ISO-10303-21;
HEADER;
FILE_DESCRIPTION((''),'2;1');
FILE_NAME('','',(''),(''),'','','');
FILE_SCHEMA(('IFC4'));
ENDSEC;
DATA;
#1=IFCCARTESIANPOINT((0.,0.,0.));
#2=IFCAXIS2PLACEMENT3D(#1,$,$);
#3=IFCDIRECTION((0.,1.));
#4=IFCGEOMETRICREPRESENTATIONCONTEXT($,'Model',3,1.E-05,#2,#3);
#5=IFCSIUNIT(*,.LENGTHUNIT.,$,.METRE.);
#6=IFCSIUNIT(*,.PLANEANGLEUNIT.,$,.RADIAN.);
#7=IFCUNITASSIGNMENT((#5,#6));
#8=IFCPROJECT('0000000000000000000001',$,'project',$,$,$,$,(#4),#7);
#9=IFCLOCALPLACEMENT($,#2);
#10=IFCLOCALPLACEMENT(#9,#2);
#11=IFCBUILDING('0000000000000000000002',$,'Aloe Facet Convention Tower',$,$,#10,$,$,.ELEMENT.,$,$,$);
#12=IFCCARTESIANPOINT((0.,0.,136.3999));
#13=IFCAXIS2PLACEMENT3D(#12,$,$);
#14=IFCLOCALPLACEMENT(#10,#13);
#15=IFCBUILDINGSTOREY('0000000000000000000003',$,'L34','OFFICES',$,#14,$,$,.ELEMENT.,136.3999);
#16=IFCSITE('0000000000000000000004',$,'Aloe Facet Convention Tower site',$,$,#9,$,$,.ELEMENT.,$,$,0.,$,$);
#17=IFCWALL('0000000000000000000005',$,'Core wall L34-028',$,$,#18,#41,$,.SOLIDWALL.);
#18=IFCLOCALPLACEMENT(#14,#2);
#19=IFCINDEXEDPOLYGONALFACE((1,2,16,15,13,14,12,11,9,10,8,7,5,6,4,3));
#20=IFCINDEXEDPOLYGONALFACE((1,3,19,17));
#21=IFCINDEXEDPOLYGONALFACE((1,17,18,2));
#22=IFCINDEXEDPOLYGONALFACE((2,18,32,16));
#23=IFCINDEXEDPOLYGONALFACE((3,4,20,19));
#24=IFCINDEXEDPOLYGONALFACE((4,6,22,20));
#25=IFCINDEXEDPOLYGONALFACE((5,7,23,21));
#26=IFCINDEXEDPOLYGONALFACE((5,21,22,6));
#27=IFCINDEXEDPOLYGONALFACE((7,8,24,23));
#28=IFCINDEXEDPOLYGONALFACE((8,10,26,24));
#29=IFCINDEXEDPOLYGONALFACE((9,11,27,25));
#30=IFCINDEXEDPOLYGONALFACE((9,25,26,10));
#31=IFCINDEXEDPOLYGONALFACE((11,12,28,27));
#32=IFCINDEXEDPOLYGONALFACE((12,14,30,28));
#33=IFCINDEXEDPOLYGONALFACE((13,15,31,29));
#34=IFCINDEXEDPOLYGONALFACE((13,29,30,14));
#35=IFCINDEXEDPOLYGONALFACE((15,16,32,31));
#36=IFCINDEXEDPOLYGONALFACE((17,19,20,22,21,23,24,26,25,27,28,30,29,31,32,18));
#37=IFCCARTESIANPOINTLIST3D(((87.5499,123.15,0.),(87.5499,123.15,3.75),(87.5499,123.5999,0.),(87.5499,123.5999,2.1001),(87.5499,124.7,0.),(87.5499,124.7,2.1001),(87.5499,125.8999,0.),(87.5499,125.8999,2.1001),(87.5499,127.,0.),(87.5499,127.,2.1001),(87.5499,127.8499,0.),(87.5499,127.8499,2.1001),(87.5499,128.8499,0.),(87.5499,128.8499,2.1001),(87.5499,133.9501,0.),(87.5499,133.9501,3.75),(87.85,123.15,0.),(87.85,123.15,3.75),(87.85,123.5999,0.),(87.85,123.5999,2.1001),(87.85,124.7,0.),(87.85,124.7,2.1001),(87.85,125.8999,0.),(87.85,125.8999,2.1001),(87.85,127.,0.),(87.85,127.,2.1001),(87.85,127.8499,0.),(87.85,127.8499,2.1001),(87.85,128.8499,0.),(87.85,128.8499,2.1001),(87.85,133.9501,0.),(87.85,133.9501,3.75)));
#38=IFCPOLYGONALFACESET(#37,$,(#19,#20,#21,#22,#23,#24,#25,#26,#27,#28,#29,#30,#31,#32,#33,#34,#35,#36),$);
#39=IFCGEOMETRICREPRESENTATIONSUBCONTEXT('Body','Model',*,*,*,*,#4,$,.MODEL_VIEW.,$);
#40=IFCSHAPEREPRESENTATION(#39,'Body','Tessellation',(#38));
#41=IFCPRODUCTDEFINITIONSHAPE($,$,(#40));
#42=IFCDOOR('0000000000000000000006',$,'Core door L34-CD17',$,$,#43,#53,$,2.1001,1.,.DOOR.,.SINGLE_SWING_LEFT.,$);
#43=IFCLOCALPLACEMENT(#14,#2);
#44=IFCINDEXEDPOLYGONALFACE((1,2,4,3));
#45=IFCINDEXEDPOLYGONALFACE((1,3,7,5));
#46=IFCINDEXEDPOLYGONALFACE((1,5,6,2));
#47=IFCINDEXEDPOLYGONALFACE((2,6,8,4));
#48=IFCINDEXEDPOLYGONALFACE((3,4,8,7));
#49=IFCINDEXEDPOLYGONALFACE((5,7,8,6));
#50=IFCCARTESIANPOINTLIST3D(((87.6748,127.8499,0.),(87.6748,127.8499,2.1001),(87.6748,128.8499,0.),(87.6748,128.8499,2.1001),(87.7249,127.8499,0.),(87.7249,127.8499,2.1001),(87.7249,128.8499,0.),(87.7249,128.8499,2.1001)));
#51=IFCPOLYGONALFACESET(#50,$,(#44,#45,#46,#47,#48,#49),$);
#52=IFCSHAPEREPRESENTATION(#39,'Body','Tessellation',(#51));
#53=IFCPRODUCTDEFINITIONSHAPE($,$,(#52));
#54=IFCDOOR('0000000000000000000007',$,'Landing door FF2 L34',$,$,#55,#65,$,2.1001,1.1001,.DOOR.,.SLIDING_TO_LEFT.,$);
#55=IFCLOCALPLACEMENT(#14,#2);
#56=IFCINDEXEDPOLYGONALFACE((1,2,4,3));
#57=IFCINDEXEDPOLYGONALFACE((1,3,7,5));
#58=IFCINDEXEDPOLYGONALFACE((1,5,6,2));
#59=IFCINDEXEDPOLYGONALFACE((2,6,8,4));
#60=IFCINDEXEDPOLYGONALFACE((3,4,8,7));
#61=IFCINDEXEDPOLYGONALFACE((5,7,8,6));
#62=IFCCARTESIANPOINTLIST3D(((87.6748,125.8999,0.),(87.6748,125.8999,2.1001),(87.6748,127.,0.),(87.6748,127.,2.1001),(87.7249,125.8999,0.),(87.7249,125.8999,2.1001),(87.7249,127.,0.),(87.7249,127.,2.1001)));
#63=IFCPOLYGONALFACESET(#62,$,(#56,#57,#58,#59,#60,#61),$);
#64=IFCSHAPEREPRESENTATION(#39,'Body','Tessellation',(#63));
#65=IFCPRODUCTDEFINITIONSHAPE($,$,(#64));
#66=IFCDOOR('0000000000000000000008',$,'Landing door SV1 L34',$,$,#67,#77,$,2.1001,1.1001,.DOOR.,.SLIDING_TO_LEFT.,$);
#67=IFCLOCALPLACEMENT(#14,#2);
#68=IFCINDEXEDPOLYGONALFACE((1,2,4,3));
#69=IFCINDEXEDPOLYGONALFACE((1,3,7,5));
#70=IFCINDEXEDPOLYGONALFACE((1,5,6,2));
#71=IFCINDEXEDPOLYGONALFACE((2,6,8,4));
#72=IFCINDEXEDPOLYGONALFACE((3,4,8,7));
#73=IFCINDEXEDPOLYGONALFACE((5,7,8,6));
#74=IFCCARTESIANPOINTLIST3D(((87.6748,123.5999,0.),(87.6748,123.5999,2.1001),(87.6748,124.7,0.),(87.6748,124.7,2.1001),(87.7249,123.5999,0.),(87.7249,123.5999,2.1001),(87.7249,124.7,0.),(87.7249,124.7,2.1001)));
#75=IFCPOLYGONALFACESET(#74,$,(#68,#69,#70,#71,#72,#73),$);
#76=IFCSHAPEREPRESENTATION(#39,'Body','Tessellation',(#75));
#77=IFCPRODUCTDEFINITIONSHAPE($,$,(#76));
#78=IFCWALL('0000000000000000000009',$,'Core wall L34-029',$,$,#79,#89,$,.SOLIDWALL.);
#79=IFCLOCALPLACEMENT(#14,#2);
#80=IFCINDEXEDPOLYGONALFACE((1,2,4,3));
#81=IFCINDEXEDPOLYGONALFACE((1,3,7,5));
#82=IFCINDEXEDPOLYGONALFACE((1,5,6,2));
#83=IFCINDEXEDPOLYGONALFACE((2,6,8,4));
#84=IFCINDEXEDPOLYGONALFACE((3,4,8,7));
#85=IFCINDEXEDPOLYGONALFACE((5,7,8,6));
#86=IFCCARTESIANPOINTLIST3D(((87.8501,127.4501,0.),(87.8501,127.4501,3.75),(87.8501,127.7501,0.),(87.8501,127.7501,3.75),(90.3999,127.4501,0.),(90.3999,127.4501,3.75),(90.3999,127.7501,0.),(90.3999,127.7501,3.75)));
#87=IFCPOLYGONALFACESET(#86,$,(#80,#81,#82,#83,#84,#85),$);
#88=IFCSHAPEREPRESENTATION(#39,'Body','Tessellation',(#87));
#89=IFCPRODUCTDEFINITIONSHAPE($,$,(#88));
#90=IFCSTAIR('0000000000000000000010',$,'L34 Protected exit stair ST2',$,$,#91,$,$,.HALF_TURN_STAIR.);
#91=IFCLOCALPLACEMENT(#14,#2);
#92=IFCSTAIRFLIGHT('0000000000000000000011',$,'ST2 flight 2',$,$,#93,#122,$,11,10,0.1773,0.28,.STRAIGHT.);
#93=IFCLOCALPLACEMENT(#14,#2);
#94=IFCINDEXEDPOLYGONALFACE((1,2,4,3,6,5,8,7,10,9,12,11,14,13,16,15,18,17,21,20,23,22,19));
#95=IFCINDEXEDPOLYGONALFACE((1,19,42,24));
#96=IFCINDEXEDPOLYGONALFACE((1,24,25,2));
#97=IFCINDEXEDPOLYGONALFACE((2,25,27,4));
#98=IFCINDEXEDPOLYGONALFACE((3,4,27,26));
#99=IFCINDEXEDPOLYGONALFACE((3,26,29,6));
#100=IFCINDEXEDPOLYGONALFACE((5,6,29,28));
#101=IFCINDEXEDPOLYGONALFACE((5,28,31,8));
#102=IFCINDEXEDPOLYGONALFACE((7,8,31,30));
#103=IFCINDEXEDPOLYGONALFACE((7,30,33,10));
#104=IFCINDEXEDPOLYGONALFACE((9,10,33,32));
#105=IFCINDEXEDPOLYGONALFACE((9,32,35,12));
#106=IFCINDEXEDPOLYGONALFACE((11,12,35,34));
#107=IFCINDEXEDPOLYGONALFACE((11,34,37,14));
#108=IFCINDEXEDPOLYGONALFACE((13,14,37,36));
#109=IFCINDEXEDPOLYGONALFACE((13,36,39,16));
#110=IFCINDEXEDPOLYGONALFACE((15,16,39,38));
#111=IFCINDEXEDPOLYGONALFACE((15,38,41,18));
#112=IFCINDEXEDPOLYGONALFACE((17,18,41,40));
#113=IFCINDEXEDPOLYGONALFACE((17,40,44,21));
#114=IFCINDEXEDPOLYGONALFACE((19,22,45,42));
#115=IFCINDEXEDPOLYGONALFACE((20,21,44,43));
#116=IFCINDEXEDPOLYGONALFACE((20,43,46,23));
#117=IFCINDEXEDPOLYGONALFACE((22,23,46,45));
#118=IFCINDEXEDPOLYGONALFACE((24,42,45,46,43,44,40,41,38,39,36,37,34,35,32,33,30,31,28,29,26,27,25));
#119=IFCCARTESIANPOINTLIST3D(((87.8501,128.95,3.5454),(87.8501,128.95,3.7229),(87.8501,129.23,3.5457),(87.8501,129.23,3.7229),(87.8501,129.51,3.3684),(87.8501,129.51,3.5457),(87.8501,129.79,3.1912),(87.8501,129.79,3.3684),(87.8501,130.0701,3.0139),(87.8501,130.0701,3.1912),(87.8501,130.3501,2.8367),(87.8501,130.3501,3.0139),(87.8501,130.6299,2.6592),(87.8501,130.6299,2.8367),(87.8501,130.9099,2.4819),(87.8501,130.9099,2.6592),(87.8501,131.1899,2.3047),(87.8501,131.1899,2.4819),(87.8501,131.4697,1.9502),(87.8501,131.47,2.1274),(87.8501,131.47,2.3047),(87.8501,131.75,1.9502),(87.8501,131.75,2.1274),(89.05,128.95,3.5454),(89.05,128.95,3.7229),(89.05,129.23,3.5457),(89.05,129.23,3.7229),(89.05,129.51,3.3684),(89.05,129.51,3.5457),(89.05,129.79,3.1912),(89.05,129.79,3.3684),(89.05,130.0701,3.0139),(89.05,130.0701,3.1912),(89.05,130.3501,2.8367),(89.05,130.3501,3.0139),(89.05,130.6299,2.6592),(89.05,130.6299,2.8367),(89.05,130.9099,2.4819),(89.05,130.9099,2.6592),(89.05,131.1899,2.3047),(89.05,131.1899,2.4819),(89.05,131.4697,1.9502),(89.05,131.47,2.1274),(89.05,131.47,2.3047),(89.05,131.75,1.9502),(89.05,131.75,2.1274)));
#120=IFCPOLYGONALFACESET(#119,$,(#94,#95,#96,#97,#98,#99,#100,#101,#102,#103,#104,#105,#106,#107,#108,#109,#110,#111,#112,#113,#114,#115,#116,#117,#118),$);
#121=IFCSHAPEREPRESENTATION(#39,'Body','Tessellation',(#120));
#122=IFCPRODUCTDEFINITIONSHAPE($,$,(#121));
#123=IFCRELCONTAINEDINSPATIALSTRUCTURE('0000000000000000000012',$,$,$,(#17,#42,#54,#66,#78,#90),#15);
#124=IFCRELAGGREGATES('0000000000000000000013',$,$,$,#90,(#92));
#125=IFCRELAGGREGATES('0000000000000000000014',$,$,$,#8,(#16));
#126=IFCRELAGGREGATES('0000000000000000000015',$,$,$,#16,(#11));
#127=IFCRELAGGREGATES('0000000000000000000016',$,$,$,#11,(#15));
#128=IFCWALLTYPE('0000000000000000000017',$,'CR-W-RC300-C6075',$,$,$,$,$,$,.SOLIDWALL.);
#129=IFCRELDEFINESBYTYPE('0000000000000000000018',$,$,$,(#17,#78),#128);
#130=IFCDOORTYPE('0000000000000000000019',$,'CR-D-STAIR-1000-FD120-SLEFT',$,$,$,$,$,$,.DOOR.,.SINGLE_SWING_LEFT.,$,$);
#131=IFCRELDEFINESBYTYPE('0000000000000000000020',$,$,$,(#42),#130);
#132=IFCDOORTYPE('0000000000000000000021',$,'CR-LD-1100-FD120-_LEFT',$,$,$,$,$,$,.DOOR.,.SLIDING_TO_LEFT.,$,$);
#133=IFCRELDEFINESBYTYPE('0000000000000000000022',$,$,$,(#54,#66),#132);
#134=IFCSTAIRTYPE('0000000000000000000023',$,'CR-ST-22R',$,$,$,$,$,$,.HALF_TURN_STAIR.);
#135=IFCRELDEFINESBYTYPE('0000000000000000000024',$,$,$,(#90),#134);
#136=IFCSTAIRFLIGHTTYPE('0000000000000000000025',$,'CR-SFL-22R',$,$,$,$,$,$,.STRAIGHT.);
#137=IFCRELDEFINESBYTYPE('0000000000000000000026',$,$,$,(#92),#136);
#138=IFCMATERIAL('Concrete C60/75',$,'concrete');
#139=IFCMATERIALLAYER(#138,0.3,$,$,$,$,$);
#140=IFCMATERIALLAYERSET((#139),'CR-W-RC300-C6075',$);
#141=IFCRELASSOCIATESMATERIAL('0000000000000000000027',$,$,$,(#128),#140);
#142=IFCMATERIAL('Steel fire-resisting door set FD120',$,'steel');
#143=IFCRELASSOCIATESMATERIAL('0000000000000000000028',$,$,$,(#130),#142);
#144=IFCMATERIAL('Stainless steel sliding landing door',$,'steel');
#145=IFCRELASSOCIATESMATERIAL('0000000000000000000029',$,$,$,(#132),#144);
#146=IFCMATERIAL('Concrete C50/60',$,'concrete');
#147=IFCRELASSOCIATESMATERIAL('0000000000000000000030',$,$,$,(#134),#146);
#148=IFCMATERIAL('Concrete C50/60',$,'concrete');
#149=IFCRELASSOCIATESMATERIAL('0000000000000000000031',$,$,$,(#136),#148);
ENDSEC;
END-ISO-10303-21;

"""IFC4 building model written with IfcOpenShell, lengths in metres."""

from ifc_helpers import new_model, si_unit, direction, frame, frame_2d, origin, place, context, subcontext, project, spatial, polyline, rectangle, outline, extrude, material, layer, layer_set, type_object, element, fill, aggregate, save


model = new_model("IFC4")

# Units and contexts
model_context = context("Model", 3, precision=1e-05, world=origin(), true_north=direction((0.0, 1.0)))
body_context = subcontext(model_context, "Body", "Model", "MODEL_VIEW")
ifc_project = project(units=[si_unit("LENGTHUNIT", "METRE"), si_unit("PLANEANGLEUNIT", "RADIAN")], contexts=[model_context])

# Site, building, storey
site_placement = place(None, origin())
site = spatial("IfcSite", under=ifc_project, at=site_placement, Name="Aloe Facet Convention Tower site", CompositionType="ELEMENT", RefElevation=0.0)
building_placement = place(site_placement, origin())
building = spatial("IfcBuilding", under=site, at=building_placement, Name="Aloe Facet Convention Tower", CompositionType="ELEMENT")
storey_placement = place(building_placement, frame((0.0, 0.0, 136.3999)))
storey = spatial("IfcBuildingStorey", under=building, at=storey_placement, Name="L34", Description="OFFICES", CompositionType="ELEMENT", Elevation=136.3999)

# Shared definitions
ifc_material_1 = material(Name="Concrete C60/75", Category="concrete")
ifc_layer_1 = layer(ifc_material_1, 0.3)
ifc_layer_set_1 = layer_set([ifc_layer_1], Name="CR-W-RC300-C6075")
wall_type_1 = type_object("IfcWallType", Name="CR-W-RC300-C6075", PredefinedType="SOLIDWALL", material=ifc_layer_set_1)

# Wall, openings, doors
wall_1_placement = place(storey_placement, frame((87.7, 133.95, 0.0), z_axis=(0.0, 0.0, 1.0), x_axis=(0.0, -1.0, 0.0)))
wall_1 = element("IfcWall", 1, at=wall_1_placement, inside=storey, type_object=wall_type_1, Name="Core wall L34-028", PredefinedType="SOLIDWALL", context=body_context, shape_type="SweptSolid", body=[
    extrude(rectangle(XDim=10.8, YDim=0.3, at=frame_2d((5.3999, 0.0))), origin(), (0.0, 0.0, 1.0), 3.75),
])
opening_1_placement = place(wall_1_placement, frame((6.95, 0.0, 0.0)))
opening_1 = element("IfcOpeningElement", 2, at=opening_1_placement, cuts=wall_1, PredefinedType="OPENING", context=body_context, shape_type="SweptSolid", body=[
    extrude(rectangle(XDim=1.1001, YDim=2.1001, at=frame_2d((0.55, 1.05))), frame((0.0, 0.1602, 0.0), z_axis=(0.0, -1.0, 0.0), x_axis=(1.0, 0.0, 0.0)), (0.0, 0.0, 1.0), 0.3201),
])
opening_2_placement = place(wall_1_placement, frame((5.1001, 0.0, 0.0)))
opening_2 = element("IfcOpeningElement", 3, at=opening_2_placement, cuts=wall_1, PredefinedType="OPENING", context=body_context, shape_type="SweptSolid", body=[
    extrude(rectangle(XDim=1.0, YDim=2.1001, at=frame_2d((0.5, 1.05))), frame((0.0, 0.1602, 0.0), z_axis=(0.0, -1.0, 0.0), x_axis=(1.0, 0.0, 0.0)), (0.0, 0.0, 1.0), 0.3201),
])
opening_3_placement = place(wall_1_placement, frame((9.25, 0.0, 0.0)))
opening_3 = element("IfcOpeningElement", 4, at=opening_3_placement, cuts=wall_1, PredefinedType="OPENING", context=body_context, shape_type="SweptSolid", body=[
    extrude(rectangle(XDim=1.1001, YDim=2.1001, at=frame_2d((0.55, 1.05))), frame((0.0, 0.1602, 0.0), z_axis=(0.0, -1.0, 0.0), x_axis=(1.0, 0.0, 0.0)), (0.0, 0.0, 1.0), 0.3201),
])
ifc_material_2 = material(Name="Steel fire-resisting door set FD120", Category="steel")
door_type_1 = type_object("IfcDoorType", Name="CR-D-STAIR-1000-FD120-SLEFT", OperationType="SINGLE_SWING_LEFT", PredefinedType="DOOR", material=ifc_material_2)
door_1_placement = place(opening_2_placement, origin())
door_1 = element("IfcDoor", 5, at=door_1_placement, inside=storey, type_object=door_type_1, Name="Core door L34-CD17", OperationType="SINGLE_SWING_LEFT", OverallHeight=2.1001, OverallWidth=1.0, PredefinedType="DOOR", context=body_context, shape_type="SweptSolid", body=[
    extrude(rectangle(XDim=1.0, YDim=2.1001, at=frame_2d((0.5, 1.05))), frame((0.0, 0.0249, 0.0), z_axis=(0.0, -1.0, 0.0), x_axis=(1.0, 0.0, 0.0)), (0.0, 0.0, 1.0), 0.05),
])
fill(opening_2, door_1)
ifc_material_3 = material(Name="Stainless steel sliding landing door", Category="steel")
door_type_2 = type_object("IfcDoorType", Name="CR-LD-1100-FD120-_LEFT", OperationType="SLIDING_TO_LEFT", PredefinedType="DOOR", material=ifc_material_3)
door_2_placement = place(opening_1_placement, origin())
door_2 = element("IfcDoor", 6, at=door_2_placement, inside=storey, type_object=door_type_2, Name="Landing door FF2 L34", OperationType="SLIDING_TO_LEFT", OverallHeight=2.1001, OverallWidth=1.1001, PredefinedType="DOOR", context=body_context, shape_type="SweptSolid", body=[
    extrude(rectangle(XDim=1.1001, YDim=2.1001, at=frame_2d((0.55, 1.05))), frame((0.0, 0.0249, 0.0), z_axis=(0.0, -1.0, 0.0), x_axis=(1.0, 0.0, 0.0)), (0.0, 0.0, 1.0), 0.05),
])
fill(opening_1, door_2)
door_3_placement = place(opening_3_placement, origin())
door_3 = element("IfcDoor", 7, at=door_3_placement, inside=storey, type_object=door_type_2, Name="Landing door SV1 L34", OperationType="SLIDING_TO_LEFT", OverallHeight=2.1001, OverallWidth=1.1001, PredefinedType="DOOR", context=body_context, shape_type="SweptSolid", body=[
    extrude(rectangle(XDim=1.1001, YDim=2.1001, at=frame_2d((0.55, 1.05))), frame((0.0, 0.0249, 0.0), z_axis=(0.0, -1.0, 0.0), x_axis=(1.0, 0.0, 0.0)), (0.0, 0.0, 1.0), 0.05),
])
fill(opening_3, door_3)

# Wall
wall_2_placement = place(storey_placement, frame((87.8501, 127.6001, 0.0), z_axis=(0.0, 0.0, 1.0), x_axis=(1.0, 0.0, 0.0)))
element("IfcWall", 8, at=wall_2_placement, inside=storey, type_object=wall_type_1, Name="Core wall L34-029", PredefinedType="SOLIDWALL", context=body_context, shape_type="SweptSolid", body=[
    extrude(rectangle(XDim=2.5498, YDim=0.3, at=frame_2d((1.2749, 0.0))), origin(), (0.0, 0.0, 1.0), 3.75),
])

# Stair, stair flight
ifc_material_4 = material(Name="Concrete C50/60", Category="concrete")
stair_type = type_object("IfcStairType", Name="CR-ST-22R", PredefinedType="HALF_TURN_STAIR", material=ifc_material_4)
stair_placement = place(storey_placement, origin())
stair = element("IfcStair", 9, at=stair_placement, inside=storey, type_object=stair_type, Name="L34 Protected exit stair ST2", PredefinedType="HALF_TURN_STAIR")
ifc_material_5 = material(Name="Concrete C50/60", Category="concrete")
stair_flight_type = type_object("IfcStairFlightType", Name="CR-SFL-22R", PredefinedType="STRAIGHT", material=ifc_material_5)
stair_flight_placement = place(storey_placement, frame((88.45, 131.75, 1.9502), z_axis=(0.0, 0.0, 1.0), x_axis=(0.0, -1.0, 0.0)))
stair_flight = element("IfcStairFlight", 10, at=stair_flight_placement, type_object=stair_flight_type, Name="ST2 flight 2", NumberOfRisers=11, NumberOfTreads=10, PredefinedType="STRAIGHT", RiserHeight=0.1773, TreadLength=0.28, context=body_context, shape_type="SweptSolid", body=[
    extrude(outline(polyline([(0.0, 0.0), (0.0, 0.1772), (0.28, 0.1772), (0.28, 0.3545), (0.5601, 0.3545), (0.5601, 0.5317), (0.8401, 0.5317), (0.8401, 0.709), (1.1201, 0.709), (1.1201, 0.8865), (1.3999, 0.8865), (1.3999, 1.0637), (1.6799, 1.0637), (1.6799, 1.241), (1.96, 1.241), (1.96, 1.4182), (2.24, 1.4182), (2.24, 1.5955), (2.52, 1.5955), (2.52, 1.7727), (2.8, 1.7727), (2.8, 1.95), (2.8, 1.5952), (0.2803, 0.0), (0.0, 0.0)])), frame((0.0, 0.6001, 0.0), z_axis=(0.0, -1.0, 0.0), x_axis=(1.0, 0.0, 0.0)), (0.0, 0.0, 1.0), 1.2),
])
aggregate(stair, [stair_flight])

save(model, "model.ifc")
